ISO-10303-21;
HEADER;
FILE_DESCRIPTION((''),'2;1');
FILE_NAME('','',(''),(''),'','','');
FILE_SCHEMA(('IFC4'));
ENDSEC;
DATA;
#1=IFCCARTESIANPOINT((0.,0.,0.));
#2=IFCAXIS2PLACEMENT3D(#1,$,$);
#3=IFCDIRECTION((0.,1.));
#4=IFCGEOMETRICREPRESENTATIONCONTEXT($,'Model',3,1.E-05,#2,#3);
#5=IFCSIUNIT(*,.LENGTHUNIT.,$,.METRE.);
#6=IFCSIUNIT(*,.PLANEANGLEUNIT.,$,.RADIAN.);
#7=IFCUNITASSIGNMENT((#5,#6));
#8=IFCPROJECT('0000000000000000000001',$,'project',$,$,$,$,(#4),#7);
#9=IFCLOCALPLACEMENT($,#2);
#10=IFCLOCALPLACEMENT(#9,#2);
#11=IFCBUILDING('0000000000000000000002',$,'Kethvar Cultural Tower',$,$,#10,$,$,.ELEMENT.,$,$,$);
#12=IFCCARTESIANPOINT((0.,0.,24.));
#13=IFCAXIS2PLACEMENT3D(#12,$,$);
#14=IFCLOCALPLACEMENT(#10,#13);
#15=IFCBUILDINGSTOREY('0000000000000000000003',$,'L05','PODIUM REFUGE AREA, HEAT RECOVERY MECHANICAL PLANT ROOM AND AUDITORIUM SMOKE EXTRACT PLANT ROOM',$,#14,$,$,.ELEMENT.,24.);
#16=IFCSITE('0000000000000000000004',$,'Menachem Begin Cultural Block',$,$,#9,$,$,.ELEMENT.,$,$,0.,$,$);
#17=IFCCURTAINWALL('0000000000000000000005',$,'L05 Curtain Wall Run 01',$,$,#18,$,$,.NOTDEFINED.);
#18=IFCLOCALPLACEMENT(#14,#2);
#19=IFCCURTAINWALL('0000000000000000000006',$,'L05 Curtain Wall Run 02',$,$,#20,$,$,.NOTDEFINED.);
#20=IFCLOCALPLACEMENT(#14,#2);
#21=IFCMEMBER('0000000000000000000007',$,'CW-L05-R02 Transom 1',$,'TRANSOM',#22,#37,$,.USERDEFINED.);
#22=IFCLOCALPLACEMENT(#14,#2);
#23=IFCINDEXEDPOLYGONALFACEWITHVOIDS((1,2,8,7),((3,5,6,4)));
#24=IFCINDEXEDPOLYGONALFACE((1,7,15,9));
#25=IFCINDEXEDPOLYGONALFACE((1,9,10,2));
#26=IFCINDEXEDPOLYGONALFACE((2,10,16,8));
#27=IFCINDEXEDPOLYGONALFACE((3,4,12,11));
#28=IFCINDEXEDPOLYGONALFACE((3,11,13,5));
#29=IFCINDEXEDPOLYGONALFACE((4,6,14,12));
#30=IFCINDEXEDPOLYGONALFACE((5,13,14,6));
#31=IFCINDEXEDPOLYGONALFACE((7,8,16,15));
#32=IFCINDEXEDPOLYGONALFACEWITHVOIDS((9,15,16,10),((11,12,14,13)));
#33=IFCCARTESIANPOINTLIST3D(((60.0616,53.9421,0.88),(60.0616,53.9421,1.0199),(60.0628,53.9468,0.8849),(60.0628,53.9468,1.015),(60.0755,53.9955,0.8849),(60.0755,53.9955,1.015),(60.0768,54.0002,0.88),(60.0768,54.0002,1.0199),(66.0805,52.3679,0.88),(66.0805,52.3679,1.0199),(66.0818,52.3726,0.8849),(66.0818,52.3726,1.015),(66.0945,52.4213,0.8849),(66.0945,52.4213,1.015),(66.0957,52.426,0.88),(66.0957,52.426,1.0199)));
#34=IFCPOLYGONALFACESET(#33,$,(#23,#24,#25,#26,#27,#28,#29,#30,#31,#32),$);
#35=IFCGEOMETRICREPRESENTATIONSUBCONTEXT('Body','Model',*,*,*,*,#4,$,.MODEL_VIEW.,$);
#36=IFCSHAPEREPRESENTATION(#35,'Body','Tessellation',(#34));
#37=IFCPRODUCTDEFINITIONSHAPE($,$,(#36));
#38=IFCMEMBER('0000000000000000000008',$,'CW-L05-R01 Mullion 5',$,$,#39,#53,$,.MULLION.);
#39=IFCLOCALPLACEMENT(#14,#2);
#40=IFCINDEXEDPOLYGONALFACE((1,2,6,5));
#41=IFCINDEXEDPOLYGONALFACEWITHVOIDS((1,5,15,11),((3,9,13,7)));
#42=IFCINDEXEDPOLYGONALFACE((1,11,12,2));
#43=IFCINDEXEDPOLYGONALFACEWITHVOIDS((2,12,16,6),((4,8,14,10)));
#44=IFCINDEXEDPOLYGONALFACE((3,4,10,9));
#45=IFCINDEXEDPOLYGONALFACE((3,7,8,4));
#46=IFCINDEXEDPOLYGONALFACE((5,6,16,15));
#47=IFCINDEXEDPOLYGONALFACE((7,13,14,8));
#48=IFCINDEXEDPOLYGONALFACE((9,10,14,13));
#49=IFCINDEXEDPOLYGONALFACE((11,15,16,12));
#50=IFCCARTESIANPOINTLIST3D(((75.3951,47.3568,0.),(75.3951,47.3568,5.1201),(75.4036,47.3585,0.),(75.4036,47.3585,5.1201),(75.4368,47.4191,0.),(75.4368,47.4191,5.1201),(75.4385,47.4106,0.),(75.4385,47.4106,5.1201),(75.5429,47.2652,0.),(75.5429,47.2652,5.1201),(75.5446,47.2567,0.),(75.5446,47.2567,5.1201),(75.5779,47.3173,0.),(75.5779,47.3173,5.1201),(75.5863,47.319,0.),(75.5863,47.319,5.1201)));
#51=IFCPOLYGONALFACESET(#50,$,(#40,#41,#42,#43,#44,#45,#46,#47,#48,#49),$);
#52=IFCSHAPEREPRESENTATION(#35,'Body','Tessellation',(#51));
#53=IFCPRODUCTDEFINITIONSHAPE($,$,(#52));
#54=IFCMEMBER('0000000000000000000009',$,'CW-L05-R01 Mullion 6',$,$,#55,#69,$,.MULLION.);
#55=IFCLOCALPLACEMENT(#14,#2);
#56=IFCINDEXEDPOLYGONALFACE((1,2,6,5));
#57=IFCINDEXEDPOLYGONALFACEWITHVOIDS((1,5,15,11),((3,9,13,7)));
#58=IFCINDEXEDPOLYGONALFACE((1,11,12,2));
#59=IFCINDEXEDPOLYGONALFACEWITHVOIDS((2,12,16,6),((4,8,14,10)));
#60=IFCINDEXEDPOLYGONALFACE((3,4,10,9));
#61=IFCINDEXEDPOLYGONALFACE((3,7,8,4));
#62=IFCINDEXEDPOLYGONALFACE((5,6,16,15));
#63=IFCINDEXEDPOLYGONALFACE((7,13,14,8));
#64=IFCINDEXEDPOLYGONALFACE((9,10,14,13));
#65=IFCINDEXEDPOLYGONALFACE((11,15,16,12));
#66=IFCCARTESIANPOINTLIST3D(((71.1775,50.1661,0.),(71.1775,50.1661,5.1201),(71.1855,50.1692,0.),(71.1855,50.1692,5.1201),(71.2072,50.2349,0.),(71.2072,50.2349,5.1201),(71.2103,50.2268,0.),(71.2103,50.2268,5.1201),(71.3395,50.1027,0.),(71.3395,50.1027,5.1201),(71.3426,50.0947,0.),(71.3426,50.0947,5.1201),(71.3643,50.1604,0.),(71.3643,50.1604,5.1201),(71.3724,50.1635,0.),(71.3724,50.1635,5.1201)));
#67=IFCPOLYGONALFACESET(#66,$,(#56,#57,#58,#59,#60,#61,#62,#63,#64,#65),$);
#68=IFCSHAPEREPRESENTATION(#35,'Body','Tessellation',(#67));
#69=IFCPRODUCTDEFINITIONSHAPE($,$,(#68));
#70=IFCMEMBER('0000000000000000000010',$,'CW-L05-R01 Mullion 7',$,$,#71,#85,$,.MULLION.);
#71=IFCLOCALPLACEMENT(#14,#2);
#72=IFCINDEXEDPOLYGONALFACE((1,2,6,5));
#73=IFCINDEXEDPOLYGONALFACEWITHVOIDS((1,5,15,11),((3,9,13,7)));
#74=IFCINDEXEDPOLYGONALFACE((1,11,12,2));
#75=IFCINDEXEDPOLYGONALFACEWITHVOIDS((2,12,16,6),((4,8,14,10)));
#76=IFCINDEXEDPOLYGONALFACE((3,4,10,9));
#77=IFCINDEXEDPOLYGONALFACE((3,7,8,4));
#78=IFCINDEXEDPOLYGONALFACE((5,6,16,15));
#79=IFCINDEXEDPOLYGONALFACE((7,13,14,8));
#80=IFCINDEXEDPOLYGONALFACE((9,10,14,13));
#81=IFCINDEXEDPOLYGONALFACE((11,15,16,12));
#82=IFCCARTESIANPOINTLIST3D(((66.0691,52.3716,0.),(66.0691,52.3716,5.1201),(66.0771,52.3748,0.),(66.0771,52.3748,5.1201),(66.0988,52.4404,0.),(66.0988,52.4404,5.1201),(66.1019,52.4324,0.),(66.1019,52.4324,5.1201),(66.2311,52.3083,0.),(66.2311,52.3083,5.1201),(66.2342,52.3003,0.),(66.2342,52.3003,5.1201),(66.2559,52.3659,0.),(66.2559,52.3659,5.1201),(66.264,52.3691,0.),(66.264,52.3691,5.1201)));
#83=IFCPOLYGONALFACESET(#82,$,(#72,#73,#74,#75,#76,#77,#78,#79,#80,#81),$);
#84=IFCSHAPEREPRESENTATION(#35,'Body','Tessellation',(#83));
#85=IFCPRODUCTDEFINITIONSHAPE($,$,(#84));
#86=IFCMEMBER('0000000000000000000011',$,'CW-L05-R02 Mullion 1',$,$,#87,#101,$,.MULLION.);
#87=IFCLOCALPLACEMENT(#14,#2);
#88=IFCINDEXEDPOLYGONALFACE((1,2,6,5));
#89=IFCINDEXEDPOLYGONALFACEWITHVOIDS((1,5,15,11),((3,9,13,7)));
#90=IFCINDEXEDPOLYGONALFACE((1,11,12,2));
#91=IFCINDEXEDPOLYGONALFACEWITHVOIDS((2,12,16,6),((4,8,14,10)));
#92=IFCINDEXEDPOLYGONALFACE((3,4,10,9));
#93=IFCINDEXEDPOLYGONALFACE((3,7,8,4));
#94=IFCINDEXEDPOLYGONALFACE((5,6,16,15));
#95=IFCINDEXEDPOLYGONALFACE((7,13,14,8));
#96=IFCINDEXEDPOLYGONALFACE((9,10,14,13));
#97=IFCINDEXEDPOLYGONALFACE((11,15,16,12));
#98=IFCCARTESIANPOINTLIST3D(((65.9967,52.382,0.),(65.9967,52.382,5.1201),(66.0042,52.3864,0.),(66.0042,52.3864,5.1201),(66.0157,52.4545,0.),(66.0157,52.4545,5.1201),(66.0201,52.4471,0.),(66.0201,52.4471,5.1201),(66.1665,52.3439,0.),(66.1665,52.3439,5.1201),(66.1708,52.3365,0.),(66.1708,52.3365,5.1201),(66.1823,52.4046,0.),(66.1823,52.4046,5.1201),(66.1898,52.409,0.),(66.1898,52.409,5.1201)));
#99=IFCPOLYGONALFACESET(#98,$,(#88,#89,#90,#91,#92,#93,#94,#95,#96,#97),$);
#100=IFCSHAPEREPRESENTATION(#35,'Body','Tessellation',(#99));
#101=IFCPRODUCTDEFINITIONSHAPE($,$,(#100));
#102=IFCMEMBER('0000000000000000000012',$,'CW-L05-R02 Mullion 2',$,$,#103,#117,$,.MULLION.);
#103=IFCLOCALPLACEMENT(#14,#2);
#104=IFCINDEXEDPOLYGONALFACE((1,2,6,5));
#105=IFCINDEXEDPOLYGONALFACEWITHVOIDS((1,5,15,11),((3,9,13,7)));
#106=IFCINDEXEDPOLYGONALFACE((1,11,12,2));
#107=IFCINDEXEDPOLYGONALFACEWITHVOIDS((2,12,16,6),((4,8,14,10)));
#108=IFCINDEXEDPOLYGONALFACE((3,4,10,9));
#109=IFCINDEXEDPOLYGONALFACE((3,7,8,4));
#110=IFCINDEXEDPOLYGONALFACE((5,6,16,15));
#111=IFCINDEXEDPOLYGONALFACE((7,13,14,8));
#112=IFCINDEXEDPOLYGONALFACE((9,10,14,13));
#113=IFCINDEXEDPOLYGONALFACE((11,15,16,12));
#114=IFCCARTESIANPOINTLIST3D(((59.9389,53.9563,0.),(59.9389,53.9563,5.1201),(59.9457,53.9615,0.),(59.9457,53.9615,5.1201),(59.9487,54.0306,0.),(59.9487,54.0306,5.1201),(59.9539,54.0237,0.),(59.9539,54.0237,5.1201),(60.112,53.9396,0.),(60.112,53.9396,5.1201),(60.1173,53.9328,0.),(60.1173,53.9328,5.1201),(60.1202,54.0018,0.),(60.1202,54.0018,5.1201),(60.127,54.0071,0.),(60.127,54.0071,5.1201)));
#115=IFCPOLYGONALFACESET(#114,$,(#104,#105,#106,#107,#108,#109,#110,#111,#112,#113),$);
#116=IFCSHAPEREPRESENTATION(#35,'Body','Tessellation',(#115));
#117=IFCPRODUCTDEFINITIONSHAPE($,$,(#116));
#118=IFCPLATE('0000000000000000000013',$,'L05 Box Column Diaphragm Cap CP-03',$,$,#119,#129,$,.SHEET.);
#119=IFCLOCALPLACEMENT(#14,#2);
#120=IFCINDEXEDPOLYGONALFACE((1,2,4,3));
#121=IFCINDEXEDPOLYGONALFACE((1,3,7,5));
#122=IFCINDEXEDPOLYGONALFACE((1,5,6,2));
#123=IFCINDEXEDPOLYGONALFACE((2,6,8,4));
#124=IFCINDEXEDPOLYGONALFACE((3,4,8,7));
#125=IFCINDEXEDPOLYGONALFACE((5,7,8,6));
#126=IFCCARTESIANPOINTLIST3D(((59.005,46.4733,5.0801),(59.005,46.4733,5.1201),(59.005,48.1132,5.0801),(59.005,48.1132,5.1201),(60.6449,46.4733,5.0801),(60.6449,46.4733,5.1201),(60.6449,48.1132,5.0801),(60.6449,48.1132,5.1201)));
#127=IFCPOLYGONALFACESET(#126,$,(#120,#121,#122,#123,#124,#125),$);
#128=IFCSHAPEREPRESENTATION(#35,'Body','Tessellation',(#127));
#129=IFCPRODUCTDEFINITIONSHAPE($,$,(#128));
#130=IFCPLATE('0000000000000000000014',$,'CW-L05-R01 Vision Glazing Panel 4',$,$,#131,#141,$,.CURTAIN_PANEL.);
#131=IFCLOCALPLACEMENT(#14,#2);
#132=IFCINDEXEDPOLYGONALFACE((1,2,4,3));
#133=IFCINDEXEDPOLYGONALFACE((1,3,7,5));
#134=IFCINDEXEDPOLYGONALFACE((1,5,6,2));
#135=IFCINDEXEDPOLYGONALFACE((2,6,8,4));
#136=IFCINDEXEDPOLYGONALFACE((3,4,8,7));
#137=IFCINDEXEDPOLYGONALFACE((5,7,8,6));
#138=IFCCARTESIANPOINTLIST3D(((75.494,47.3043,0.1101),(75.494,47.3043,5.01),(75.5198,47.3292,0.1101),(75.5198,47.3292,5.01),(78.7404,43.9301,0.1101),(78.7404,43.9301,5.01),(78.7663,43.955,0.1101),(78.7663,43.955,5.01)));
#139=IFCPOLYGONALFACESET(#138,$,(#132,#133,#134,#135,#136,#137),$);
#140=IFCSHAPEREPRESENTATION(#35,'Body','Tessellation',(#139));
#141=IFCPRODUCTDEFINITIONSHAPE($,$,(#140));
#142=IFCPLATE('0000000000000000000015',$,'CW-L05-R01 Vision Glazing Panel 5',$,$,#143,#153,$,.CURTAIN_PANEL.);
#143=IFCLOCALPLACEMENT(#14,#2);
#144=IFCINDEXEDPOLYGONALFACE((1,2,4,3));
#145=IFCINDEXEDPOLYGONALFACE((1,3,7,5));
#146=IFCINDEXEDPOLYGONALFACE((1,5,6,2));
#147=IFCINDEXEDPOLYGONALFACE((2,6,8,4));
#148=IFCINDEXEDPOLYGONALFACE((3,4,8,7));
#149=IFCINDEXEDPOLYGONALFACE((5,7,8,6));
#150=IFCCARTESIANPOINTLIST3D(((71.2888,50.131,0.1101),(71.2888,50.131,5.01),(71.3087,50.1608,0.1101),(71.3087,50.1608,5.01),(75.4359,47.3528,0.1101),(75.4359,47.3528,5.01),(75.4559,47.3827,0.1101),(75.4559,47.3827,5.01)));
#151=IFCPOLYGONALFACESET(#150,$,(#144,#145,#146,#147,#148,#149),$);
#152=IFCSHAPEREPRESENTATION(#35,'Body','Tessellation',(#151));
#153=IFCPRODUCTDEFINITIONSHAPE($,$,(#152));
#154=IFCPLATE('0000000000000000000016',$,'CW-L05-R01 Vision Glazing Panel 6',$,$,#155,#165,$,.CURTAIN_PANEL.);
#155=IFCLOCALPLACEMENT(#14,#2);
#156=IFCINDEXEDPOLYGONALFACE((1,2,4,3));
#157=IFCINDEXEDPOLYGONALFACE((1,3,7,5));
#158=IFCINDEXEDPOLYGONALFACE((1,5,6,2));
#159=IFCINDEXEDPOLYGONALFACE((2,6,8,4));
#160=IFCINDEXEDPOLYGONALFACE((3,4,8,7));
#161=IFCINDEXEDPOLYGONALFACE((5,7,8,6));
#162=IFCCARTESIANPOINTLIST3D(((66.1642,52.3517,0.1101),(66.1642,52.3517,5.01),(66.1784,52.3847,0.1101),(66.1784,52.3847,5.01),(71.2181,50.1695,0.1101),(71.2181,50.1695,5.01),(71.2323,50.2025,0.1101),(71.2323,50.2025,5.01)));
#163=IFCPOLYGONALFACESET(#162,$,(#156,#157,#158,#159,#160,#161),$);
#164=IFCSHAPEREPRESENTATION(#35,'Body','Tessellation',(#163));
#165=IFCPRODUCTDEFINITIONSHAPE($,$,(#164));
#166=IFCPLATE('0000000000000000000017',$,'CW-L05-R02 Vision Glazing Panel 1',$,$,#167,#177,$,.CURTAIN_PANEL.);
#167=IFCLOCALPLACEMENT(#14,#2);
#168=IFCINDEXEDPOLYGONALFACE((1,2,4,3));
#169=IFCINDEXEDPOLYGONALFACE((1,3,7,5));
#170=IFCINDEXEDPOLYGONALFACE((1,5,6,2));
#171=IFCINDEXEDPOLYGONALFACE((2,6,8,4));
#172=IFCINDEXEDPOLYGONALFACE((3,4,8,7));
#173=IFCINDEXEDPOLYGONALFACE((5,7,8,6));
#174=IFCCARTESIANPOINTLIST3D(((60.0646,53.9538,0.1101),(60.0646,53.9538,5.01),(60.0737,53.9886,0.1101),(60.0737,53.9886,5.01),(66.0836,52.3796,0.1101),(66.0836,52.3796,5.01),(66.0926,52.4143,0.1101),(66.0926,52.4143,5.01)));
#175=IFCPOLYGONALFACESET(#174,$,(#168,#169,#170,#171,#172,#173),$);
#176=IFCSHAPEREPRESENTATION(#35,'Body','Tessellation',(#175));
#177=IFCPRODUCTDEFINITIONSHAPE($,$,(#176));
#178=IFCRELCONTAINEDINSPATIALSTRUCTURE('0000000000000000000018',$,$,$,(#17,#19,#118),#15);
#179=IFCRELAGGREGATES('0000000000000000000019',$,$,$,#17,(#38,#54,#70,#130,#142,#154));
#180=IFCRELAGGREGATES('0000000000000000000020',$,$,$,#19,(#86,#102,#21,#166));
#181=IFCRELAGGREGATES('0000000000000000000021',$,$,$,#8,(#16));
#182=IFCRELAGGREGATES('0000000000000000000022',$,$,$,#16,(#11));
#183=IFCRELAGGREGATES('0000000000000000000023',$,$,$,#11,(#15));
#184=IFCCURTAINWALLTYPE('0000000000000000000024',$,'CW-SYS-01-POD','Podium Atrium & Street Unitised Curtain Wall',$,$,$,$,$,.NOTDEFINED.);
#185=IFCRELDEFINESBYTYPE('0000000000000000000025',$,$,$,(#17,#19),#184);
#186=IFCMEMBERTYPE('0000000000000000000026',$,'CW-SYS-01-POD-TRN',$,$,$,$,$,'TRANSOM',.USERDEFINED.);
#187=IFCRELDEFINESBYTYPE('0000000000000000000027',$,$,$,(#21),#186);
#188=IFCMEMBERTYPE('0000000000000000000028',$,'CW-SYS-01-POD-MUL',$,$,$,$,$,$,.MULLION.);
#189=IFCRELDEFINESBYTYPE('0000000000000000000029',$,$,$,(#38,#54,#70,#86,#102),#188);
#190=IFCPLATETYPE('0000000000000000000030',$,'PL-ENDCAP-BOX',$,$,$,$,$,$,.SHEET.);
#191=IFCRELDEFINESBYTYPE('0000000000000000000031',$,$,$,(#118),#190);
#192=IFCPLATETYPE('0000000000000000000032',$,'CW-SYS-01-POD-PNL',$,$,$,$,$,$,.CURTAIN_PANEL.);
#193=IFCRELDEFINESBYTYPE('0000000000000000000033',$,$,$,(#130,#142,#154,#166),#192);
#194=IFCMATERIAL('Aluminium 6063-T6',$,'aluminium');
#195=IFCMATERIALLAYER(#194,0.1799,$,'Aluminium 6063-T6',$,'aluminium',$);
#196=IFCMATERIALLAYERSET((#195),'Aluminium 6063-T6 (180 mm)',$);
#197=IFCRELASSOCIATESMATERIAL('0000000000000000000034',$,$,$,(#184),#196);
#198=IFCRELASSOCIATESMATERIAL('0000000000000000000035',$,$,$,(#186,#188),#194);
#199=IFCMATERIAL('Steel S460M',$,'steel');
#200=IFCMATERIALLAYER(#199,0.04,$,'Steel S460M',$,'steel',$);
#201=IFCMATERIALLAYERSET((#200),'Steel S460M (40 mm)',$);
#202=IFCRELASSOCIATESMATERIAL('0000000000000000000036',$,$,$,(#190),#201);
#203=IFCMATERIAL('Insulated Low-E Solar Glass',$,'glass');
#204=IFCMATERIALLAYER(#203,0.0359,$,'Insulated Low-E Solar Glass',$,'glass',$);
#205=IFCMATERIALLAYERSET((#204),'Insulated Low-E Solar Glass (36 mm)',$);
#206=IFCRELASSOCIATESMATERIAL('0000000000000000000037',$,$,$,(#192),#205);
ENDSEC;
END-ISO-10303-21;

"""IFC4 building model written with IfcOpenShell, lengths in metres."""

from ifc_helpers import new_model, si_unit, direction, frame, origin, origin_2d, place, context, subcontext, project, spatial, rectangle, hollow_rectangle, extrude, source, transform, mapped, material, layer, layer_set, material_profile, profile_set, type_object, element, aggregate, save


model = new_model("IFC4")

# Units and contexts
model_context = context("Model", 3, precision=1e-05, world=origin(), true_north=direction((0.0, 1.0)))
body_context = subcontext(model_context, "Body", "Model", "MODEL_VIEW")
ifc_project = project(units=[si_unit("LENGTHUNIT", "METRE"), si_unit("PLANEANGLEUNIT", "RADIAN")], contexts=[model_context])

# Site, building, storey
site_placement = place(None, origin())
site = spatial("IfcSite", under=ifc_project, at=site_placement, Name="Menachem Begin Cultural Block", CompositionType="ELEMENT", RefElevation=0.0)
building_placement = place(site_placement, origin())
building = spatial("IfcBuilding", under=site, at=building_placement, Name="Kethvar Cultural Tower", CompositionType="ELEMENT")
storey_placement = place(building_placement, frame((0.0, 0.0, 24.0)))
storey = spatial("IfcBuildingStorey", under=building, at=storey_placement, Name="L05", Description="PODIUM REFUGE AREA, HEAT RECOVERY MECHANICAL PLANT ROOM AND AUDITORIUM SMOKE EXTRACT PLANT ROOM", CompositionType="ELEMENT", Elevation=24.0)

# Shared definitions
ifc_material_1 = material(Name="Steel S460M", Category="steel")

# Curtain walls, member
ifc_material_2 = material(Name="Aluminium 6063-T6", Category="aluminium")
ifc_layer_1 = layer(ifc_material_2, 0.1799, Name="Aluminium 6063-T6", Category="aluminium")
ifc_layer_set_1 = layer_set([ifc_layer_1], Name="Aluminium 6063-T6 (180 mm)")
curtain_wall_type = type_object("IfcCurtainWallType", Name="CW-SYS-01-POD", Description="Podium Atrium & Street Unitised Curtain Wall", PredefinedType="NOTDEFINED", material=ifc_layer_set_1)
curtain_wall_1_placement = place(storey_placement, origin())
curtain_wall_1 = element("IfcCurtainWall", 1, at=curtain_wall_1_placement, inside=storey, type_object=curtain_wall_type, Name="L05 Curtain Wall Run 01", PredefinedType="NOTDEFINED")
ifc_material_profile_1 = material_profile(ifc_material_2, hollow_rectangle(XDim=0.0601, YDim=0.1399, WallThickness=0.0049, at=origin_2d()), Name="Aluminium 6063-T6 — RHS140x60x5")
ifc_profile_set_1 = profile_set([ifc_material_profile_1], Name="Aluminium 6063-T6 — RHS140x60x5")
member_type_1 = type_object("IfcMemberType", Name="CW-SYS-01-POD-TRN", ElementType="TRANSOM", PredefinedType="USERDEFINED", material=ifc_profile_set_1)
curtain_wall_2_placement = place(storey_placement, origin())
curtain_wall_2 = element("IfcCurtainWall", 2, at=curtain_wall_2_placement, inside=storey, type_object=curtain_wall_type, Name="L05 Curtain Wall Run 02", PredefinedType="NOTDEFINED")
shared_shape_1 = source(origin(), body_context, "Body", "SweptSolid", [
    extrude(hollow_rectangle(XDim=0.0601, YDim=0.1399, WallThickness=0.0049, at=origin_2d()), origin(), (0.0, 0.0, 1.0), 6.2214),
])
member_1_placement = place(storey_placement, frame((66.0881, 52.397, 0.95), z_axis=(-0.967459, 0.253029, 0.0), x_axis=(-0.253029, -0.967459, 0.0)))
member_1 = element("IfcMember", 3, at=member_1_placement, type_object=member_type_1, Name="CW-L05-R02 Transom 1", ObjectType="TRANSOM", PredefinedType="USERDEFINED", context=body_context, shape_type="MappedRepresentation", body=[
    mapped(shared_shape_1, transform((0.0, 0.0, 0.0), scale=1.0)),
])

# Members
ifc_material_profile_2 = material_profile(ifc_material_2, hollow_rectangle(XDim=0.075, YDim=0.1799, WallThickness=0.0061, at=origin_2d()), Name="Aluminium 6063-T6 — RHS180x75x6")
ifc_profile_set_2 = profile_set([ifc_material_profile_2], Name="Aluminium 6063-T6 — RHS180x75x6")
member_type_2 = type_object("IfcMemberType", Name="CW-SYS-01-POD-MUL", PredefinedType="MULLION", material=ifc_profile_set_2)
shared_shape_2 = source(origin(), body_context, "Body", "SweptSolid", [
    extrude(hollow_rectangle(XDim=0.075, YDim=0.1799, WallThickness=0.0061, at=origin_2d()), origin(), (0.0, 0.0, 1.0), 5.1201),
])
member_2_placement = place(storey_placement, frame((75.4907, 47.3379, 0.0), z_axis=(0.0, 0.0, 1.0), x_axis=(-0.556557, -0.83081, 0.0)))
member_2 = element("IfcMember", 4, at=member_2_placement, type_object=member_type_2, Name="CW-L05-R01 Mullion 5", PredefinedType="MULLION", context=body_context, shape_type="MappedRepresentation", body=[
    mapped(shared_shape_2, transform((0.0, 0.0, 0.0), scale=1.0)),
])
member_3_placement = place(storey_placement, frame((71.2749, 50.1648, 0.0), z_axis=(0.0, 0.0, 1.0), x_axis=(-0.396411, -0.918073, 0.0)))
member_3 = element("IfcMember", 5, at=member_3_placement, type_object=member_type_2, Name="CW-L05-R01 Mullion 6", PredefinedType="MULLION", context=body_context, shape_type="MappedRepresentation", body=[
    mapped(shared_shape_2, transform((0.0, 0.0, 0.0), scale=1.0)),
])
member_4_placement = place(storey_placement, frame((66.1665, 52.3704, 0.0), z_axis=(0.0, 0.0, 1.0), x_axis=(-0.396411, -0.918073, 0.0)))
member_4 = element("IfcMember", 6, at=member_4_placement, type_object=member_type_2, Name="CW-L05-R01 Mullion 7", PredefinedType="MULLION", context=body_context, shape_type="MappedRepresentation", body=[
    mapped(shared_shape_2, transform((0.0, 0.0, 0.0), scale=1.0)),
])
member_5_placement = place(storey_placement, frame((66.0933, 52.3955, 0.0), z_axis=(0.0, 0.0, 1.0), x_axis=(-0.253032, -0.967458, 0.0)))
member_5 = element("IfcMember", 7, at=member_5_placement, type_object=member_type_2, Name="CW-L05-R02 Mullion 1", PredefinedType="MULLION", context=body_context, shape_type="MappedRepresentation", body=[
    mapped(shared_shape_2, transform((0.0, 0.0, 0.0), scale=1.0)),
])
member_6_placement = place(storey_placement, frame((60.033, 53.9817, 0.0), z_axis=(0.0, 0.0, 1.0), x_axis=(-0.130647, -0.991429, 0.0)))
member_6 = element("IfcMember", 8, at=member_6_placement, type_object=member_type_2, Name="CW-L05-R02 Mullion 2", PredefinedType="MULLION", context=body_context, shape_type="MappedRepresentation", body=[
    mapped(shared_shape_2, transform((0.0, 0.0, 0.0), scale=1.0)),
])

# Plates
ifc_layer_2 = layer(ifc_material_1, 0.04, Name="Steel S460M", Category="steel")
ifc_layer_set_2 = layer_set([ifc_layer_2], Name="Steel S460M (40 mm)")
plate_type_1 = type_object("IfcPlateType", Name="PL-ENDCAP-BOX", PredefinedType="SHEET", material=ifc_layer_set_2)
shared_shape_3 = source(origin(), body_context, "Body", "SweptSolid", [
    extrude(rectangle(XDim=1.6399, YDim=1.6399, at=origin_2d()), origin(), (0.0, 0.0, 1.0), 0.04),
])
plate_1_placement = place(storey_placement, frame((59.825, 47.2932, 5.0801), z_axis=(0.0, 0.0, 1.0), x_axis=(1.0, 0.0, 0.0)))
element("IfcPlate", 9, at=plate_1_placement, inside=storey, type_object=plate_type_1, Name="L05 Box Column Diaphragm Cap CP-03", PredefinedType="SHEET", context=body_context, shape_type="MappedRepresentation", body=[
    mapped(shared_shape_3, transform((0.0, 0.0, 0.0), scale=1.0)),
])
ifc_material_3 = material(Name="Insulated Low-E Solar Glass", Category="glass")
ifc_layer_3 = layer(ifc_material_3, 0.0359, Name="Insulated Low-E Solar Glass", Category="glass")
ifc_layer_set_3 = layer_set([ifc_layer_3], Name="Insulated Low-E Solar Glass (36 mm)")
plate_type_2 = type_object("IfcPlateType", Name="CW-SYS-01-POD-PNL", PredefinedType="CURTAIN_PANEL", material=ifc_layer_set_3)
shared_shape_4 = source(origin(), body_context, "Body", "SweptSolid", [
    extrude(rectangle(XDim=4.6824, YDim=0.0359, at=origin_2d()), origin(), (0.0, 0.0, 1.0), 4.8999),
])
plate_2_placement = place(storey_placement, frame((77.1301, 45.6296, 0.1101), z_axis=(0.0, 0.0, 1.0), x_axis=(-0.693339, 0.720612, 0.0)))
plate_2 = element("IfcPlate", 10, at=plate_2_placement, type_object=plate_type_2, Name="CW-L05-R01 Vision Glazing Panel 4", PredefinedType="CURTAIN_PANEL", context=body_context, shape_type="MappedRepresentation", body=[
    mapped(shared_shape_4, transform((0.0, 0.0, 0.0), scale=1.0)),
])
shared_shape_5 = source(origin(), body_context, "Body", "SweptSolid", [
    extrude(rectangle(XDim=4.9917, YDim=0.0359, at=origin_2d()), origin(), (0.0, 0.0, 1.0), 4.8999),
])
plate_3_placement = place(storey_placement, frame((73.3723, 48.7568, 0.1101), z_axis=(0.0, 0.0, 1.0), x_axis=(-0.83081, 0.556557, 0.0)))
plate_3 = element("IfcPlate", 11, at=plate_3_placement, type_object=plate_type_2, Name="CW-L05-R01 Vision Glazing Panel 5", PredefinedType="CURTAIN_PANEL", context=body_context, shape_type="MappedRepresentation", body=[
    mapped(shared_shape_5, transform((0.0, 0.0, 0.0), scale=1.0)),
])
shared_shape_6 = source(origin(), body_context, "Body", "SweptSolid", [
    extrude(rectangle(XDim=5.5049, YDim=0.0359, at=origin_2d()), origin(), (0.0, 0.0, 1.0), 4.8999),
])
plate_4_placement = place(storey_placement, frame((68.6982, 51.2771, 0.1101), z_axis=(0.0, 0.0, 1.0), x_axis=(-0.918073, 0.396411, 0.0)))
plate_4 = element("IfcPlate", 12, at=plate_4_placement, type_object=plate_type_2, Name="CW-L05-R01 Vision Glazing Panel 6", PredefinedType="CURTAIN_PANEL", context=body_context, shape_type="MappedRepresentation", body=[
    mapped(shared_shape_6, transform((0.0, 0.0, 0.0), scale=1.0)),
])
aggregate(curtain_wall_1, [member_2, member_3, member_4, plate_2, plate_3, plate_4])
shared_shape_7 = source(origin(), body_context, "Body", "SweptSolid", [
    extrude(rectangle(XDim=6.2214, YDim=0.0359, at=origin_2d()), origin(), (0.0, 0.0, 1.0), 4.8999),
])
plate_5_placement = place(storey_placement, frame((63.0786, 53.1841, 0.1101), z_axis=(0.0, 0.0, 1.0), x_axis=(-0.967458, 0.253032, 0.0)))
plate_5 = element("IfcPlate", 13, at=plate_5_placement, type_object=plate_type_2, Name="CW-L05-R02 Vision Glazing Panel 1", PredefinedType="CURTAIN_PANEL", context=body_context, shape_type="MappedRepresentation", body=[
    mapped(shared_shape_7, transform((0.0, 0.0, 0.0), scale=1.0)),
])
aggregate(curtain_wall_2, [member_5, member_6, member_1, plate_5])

save(model, "model.ifc")
